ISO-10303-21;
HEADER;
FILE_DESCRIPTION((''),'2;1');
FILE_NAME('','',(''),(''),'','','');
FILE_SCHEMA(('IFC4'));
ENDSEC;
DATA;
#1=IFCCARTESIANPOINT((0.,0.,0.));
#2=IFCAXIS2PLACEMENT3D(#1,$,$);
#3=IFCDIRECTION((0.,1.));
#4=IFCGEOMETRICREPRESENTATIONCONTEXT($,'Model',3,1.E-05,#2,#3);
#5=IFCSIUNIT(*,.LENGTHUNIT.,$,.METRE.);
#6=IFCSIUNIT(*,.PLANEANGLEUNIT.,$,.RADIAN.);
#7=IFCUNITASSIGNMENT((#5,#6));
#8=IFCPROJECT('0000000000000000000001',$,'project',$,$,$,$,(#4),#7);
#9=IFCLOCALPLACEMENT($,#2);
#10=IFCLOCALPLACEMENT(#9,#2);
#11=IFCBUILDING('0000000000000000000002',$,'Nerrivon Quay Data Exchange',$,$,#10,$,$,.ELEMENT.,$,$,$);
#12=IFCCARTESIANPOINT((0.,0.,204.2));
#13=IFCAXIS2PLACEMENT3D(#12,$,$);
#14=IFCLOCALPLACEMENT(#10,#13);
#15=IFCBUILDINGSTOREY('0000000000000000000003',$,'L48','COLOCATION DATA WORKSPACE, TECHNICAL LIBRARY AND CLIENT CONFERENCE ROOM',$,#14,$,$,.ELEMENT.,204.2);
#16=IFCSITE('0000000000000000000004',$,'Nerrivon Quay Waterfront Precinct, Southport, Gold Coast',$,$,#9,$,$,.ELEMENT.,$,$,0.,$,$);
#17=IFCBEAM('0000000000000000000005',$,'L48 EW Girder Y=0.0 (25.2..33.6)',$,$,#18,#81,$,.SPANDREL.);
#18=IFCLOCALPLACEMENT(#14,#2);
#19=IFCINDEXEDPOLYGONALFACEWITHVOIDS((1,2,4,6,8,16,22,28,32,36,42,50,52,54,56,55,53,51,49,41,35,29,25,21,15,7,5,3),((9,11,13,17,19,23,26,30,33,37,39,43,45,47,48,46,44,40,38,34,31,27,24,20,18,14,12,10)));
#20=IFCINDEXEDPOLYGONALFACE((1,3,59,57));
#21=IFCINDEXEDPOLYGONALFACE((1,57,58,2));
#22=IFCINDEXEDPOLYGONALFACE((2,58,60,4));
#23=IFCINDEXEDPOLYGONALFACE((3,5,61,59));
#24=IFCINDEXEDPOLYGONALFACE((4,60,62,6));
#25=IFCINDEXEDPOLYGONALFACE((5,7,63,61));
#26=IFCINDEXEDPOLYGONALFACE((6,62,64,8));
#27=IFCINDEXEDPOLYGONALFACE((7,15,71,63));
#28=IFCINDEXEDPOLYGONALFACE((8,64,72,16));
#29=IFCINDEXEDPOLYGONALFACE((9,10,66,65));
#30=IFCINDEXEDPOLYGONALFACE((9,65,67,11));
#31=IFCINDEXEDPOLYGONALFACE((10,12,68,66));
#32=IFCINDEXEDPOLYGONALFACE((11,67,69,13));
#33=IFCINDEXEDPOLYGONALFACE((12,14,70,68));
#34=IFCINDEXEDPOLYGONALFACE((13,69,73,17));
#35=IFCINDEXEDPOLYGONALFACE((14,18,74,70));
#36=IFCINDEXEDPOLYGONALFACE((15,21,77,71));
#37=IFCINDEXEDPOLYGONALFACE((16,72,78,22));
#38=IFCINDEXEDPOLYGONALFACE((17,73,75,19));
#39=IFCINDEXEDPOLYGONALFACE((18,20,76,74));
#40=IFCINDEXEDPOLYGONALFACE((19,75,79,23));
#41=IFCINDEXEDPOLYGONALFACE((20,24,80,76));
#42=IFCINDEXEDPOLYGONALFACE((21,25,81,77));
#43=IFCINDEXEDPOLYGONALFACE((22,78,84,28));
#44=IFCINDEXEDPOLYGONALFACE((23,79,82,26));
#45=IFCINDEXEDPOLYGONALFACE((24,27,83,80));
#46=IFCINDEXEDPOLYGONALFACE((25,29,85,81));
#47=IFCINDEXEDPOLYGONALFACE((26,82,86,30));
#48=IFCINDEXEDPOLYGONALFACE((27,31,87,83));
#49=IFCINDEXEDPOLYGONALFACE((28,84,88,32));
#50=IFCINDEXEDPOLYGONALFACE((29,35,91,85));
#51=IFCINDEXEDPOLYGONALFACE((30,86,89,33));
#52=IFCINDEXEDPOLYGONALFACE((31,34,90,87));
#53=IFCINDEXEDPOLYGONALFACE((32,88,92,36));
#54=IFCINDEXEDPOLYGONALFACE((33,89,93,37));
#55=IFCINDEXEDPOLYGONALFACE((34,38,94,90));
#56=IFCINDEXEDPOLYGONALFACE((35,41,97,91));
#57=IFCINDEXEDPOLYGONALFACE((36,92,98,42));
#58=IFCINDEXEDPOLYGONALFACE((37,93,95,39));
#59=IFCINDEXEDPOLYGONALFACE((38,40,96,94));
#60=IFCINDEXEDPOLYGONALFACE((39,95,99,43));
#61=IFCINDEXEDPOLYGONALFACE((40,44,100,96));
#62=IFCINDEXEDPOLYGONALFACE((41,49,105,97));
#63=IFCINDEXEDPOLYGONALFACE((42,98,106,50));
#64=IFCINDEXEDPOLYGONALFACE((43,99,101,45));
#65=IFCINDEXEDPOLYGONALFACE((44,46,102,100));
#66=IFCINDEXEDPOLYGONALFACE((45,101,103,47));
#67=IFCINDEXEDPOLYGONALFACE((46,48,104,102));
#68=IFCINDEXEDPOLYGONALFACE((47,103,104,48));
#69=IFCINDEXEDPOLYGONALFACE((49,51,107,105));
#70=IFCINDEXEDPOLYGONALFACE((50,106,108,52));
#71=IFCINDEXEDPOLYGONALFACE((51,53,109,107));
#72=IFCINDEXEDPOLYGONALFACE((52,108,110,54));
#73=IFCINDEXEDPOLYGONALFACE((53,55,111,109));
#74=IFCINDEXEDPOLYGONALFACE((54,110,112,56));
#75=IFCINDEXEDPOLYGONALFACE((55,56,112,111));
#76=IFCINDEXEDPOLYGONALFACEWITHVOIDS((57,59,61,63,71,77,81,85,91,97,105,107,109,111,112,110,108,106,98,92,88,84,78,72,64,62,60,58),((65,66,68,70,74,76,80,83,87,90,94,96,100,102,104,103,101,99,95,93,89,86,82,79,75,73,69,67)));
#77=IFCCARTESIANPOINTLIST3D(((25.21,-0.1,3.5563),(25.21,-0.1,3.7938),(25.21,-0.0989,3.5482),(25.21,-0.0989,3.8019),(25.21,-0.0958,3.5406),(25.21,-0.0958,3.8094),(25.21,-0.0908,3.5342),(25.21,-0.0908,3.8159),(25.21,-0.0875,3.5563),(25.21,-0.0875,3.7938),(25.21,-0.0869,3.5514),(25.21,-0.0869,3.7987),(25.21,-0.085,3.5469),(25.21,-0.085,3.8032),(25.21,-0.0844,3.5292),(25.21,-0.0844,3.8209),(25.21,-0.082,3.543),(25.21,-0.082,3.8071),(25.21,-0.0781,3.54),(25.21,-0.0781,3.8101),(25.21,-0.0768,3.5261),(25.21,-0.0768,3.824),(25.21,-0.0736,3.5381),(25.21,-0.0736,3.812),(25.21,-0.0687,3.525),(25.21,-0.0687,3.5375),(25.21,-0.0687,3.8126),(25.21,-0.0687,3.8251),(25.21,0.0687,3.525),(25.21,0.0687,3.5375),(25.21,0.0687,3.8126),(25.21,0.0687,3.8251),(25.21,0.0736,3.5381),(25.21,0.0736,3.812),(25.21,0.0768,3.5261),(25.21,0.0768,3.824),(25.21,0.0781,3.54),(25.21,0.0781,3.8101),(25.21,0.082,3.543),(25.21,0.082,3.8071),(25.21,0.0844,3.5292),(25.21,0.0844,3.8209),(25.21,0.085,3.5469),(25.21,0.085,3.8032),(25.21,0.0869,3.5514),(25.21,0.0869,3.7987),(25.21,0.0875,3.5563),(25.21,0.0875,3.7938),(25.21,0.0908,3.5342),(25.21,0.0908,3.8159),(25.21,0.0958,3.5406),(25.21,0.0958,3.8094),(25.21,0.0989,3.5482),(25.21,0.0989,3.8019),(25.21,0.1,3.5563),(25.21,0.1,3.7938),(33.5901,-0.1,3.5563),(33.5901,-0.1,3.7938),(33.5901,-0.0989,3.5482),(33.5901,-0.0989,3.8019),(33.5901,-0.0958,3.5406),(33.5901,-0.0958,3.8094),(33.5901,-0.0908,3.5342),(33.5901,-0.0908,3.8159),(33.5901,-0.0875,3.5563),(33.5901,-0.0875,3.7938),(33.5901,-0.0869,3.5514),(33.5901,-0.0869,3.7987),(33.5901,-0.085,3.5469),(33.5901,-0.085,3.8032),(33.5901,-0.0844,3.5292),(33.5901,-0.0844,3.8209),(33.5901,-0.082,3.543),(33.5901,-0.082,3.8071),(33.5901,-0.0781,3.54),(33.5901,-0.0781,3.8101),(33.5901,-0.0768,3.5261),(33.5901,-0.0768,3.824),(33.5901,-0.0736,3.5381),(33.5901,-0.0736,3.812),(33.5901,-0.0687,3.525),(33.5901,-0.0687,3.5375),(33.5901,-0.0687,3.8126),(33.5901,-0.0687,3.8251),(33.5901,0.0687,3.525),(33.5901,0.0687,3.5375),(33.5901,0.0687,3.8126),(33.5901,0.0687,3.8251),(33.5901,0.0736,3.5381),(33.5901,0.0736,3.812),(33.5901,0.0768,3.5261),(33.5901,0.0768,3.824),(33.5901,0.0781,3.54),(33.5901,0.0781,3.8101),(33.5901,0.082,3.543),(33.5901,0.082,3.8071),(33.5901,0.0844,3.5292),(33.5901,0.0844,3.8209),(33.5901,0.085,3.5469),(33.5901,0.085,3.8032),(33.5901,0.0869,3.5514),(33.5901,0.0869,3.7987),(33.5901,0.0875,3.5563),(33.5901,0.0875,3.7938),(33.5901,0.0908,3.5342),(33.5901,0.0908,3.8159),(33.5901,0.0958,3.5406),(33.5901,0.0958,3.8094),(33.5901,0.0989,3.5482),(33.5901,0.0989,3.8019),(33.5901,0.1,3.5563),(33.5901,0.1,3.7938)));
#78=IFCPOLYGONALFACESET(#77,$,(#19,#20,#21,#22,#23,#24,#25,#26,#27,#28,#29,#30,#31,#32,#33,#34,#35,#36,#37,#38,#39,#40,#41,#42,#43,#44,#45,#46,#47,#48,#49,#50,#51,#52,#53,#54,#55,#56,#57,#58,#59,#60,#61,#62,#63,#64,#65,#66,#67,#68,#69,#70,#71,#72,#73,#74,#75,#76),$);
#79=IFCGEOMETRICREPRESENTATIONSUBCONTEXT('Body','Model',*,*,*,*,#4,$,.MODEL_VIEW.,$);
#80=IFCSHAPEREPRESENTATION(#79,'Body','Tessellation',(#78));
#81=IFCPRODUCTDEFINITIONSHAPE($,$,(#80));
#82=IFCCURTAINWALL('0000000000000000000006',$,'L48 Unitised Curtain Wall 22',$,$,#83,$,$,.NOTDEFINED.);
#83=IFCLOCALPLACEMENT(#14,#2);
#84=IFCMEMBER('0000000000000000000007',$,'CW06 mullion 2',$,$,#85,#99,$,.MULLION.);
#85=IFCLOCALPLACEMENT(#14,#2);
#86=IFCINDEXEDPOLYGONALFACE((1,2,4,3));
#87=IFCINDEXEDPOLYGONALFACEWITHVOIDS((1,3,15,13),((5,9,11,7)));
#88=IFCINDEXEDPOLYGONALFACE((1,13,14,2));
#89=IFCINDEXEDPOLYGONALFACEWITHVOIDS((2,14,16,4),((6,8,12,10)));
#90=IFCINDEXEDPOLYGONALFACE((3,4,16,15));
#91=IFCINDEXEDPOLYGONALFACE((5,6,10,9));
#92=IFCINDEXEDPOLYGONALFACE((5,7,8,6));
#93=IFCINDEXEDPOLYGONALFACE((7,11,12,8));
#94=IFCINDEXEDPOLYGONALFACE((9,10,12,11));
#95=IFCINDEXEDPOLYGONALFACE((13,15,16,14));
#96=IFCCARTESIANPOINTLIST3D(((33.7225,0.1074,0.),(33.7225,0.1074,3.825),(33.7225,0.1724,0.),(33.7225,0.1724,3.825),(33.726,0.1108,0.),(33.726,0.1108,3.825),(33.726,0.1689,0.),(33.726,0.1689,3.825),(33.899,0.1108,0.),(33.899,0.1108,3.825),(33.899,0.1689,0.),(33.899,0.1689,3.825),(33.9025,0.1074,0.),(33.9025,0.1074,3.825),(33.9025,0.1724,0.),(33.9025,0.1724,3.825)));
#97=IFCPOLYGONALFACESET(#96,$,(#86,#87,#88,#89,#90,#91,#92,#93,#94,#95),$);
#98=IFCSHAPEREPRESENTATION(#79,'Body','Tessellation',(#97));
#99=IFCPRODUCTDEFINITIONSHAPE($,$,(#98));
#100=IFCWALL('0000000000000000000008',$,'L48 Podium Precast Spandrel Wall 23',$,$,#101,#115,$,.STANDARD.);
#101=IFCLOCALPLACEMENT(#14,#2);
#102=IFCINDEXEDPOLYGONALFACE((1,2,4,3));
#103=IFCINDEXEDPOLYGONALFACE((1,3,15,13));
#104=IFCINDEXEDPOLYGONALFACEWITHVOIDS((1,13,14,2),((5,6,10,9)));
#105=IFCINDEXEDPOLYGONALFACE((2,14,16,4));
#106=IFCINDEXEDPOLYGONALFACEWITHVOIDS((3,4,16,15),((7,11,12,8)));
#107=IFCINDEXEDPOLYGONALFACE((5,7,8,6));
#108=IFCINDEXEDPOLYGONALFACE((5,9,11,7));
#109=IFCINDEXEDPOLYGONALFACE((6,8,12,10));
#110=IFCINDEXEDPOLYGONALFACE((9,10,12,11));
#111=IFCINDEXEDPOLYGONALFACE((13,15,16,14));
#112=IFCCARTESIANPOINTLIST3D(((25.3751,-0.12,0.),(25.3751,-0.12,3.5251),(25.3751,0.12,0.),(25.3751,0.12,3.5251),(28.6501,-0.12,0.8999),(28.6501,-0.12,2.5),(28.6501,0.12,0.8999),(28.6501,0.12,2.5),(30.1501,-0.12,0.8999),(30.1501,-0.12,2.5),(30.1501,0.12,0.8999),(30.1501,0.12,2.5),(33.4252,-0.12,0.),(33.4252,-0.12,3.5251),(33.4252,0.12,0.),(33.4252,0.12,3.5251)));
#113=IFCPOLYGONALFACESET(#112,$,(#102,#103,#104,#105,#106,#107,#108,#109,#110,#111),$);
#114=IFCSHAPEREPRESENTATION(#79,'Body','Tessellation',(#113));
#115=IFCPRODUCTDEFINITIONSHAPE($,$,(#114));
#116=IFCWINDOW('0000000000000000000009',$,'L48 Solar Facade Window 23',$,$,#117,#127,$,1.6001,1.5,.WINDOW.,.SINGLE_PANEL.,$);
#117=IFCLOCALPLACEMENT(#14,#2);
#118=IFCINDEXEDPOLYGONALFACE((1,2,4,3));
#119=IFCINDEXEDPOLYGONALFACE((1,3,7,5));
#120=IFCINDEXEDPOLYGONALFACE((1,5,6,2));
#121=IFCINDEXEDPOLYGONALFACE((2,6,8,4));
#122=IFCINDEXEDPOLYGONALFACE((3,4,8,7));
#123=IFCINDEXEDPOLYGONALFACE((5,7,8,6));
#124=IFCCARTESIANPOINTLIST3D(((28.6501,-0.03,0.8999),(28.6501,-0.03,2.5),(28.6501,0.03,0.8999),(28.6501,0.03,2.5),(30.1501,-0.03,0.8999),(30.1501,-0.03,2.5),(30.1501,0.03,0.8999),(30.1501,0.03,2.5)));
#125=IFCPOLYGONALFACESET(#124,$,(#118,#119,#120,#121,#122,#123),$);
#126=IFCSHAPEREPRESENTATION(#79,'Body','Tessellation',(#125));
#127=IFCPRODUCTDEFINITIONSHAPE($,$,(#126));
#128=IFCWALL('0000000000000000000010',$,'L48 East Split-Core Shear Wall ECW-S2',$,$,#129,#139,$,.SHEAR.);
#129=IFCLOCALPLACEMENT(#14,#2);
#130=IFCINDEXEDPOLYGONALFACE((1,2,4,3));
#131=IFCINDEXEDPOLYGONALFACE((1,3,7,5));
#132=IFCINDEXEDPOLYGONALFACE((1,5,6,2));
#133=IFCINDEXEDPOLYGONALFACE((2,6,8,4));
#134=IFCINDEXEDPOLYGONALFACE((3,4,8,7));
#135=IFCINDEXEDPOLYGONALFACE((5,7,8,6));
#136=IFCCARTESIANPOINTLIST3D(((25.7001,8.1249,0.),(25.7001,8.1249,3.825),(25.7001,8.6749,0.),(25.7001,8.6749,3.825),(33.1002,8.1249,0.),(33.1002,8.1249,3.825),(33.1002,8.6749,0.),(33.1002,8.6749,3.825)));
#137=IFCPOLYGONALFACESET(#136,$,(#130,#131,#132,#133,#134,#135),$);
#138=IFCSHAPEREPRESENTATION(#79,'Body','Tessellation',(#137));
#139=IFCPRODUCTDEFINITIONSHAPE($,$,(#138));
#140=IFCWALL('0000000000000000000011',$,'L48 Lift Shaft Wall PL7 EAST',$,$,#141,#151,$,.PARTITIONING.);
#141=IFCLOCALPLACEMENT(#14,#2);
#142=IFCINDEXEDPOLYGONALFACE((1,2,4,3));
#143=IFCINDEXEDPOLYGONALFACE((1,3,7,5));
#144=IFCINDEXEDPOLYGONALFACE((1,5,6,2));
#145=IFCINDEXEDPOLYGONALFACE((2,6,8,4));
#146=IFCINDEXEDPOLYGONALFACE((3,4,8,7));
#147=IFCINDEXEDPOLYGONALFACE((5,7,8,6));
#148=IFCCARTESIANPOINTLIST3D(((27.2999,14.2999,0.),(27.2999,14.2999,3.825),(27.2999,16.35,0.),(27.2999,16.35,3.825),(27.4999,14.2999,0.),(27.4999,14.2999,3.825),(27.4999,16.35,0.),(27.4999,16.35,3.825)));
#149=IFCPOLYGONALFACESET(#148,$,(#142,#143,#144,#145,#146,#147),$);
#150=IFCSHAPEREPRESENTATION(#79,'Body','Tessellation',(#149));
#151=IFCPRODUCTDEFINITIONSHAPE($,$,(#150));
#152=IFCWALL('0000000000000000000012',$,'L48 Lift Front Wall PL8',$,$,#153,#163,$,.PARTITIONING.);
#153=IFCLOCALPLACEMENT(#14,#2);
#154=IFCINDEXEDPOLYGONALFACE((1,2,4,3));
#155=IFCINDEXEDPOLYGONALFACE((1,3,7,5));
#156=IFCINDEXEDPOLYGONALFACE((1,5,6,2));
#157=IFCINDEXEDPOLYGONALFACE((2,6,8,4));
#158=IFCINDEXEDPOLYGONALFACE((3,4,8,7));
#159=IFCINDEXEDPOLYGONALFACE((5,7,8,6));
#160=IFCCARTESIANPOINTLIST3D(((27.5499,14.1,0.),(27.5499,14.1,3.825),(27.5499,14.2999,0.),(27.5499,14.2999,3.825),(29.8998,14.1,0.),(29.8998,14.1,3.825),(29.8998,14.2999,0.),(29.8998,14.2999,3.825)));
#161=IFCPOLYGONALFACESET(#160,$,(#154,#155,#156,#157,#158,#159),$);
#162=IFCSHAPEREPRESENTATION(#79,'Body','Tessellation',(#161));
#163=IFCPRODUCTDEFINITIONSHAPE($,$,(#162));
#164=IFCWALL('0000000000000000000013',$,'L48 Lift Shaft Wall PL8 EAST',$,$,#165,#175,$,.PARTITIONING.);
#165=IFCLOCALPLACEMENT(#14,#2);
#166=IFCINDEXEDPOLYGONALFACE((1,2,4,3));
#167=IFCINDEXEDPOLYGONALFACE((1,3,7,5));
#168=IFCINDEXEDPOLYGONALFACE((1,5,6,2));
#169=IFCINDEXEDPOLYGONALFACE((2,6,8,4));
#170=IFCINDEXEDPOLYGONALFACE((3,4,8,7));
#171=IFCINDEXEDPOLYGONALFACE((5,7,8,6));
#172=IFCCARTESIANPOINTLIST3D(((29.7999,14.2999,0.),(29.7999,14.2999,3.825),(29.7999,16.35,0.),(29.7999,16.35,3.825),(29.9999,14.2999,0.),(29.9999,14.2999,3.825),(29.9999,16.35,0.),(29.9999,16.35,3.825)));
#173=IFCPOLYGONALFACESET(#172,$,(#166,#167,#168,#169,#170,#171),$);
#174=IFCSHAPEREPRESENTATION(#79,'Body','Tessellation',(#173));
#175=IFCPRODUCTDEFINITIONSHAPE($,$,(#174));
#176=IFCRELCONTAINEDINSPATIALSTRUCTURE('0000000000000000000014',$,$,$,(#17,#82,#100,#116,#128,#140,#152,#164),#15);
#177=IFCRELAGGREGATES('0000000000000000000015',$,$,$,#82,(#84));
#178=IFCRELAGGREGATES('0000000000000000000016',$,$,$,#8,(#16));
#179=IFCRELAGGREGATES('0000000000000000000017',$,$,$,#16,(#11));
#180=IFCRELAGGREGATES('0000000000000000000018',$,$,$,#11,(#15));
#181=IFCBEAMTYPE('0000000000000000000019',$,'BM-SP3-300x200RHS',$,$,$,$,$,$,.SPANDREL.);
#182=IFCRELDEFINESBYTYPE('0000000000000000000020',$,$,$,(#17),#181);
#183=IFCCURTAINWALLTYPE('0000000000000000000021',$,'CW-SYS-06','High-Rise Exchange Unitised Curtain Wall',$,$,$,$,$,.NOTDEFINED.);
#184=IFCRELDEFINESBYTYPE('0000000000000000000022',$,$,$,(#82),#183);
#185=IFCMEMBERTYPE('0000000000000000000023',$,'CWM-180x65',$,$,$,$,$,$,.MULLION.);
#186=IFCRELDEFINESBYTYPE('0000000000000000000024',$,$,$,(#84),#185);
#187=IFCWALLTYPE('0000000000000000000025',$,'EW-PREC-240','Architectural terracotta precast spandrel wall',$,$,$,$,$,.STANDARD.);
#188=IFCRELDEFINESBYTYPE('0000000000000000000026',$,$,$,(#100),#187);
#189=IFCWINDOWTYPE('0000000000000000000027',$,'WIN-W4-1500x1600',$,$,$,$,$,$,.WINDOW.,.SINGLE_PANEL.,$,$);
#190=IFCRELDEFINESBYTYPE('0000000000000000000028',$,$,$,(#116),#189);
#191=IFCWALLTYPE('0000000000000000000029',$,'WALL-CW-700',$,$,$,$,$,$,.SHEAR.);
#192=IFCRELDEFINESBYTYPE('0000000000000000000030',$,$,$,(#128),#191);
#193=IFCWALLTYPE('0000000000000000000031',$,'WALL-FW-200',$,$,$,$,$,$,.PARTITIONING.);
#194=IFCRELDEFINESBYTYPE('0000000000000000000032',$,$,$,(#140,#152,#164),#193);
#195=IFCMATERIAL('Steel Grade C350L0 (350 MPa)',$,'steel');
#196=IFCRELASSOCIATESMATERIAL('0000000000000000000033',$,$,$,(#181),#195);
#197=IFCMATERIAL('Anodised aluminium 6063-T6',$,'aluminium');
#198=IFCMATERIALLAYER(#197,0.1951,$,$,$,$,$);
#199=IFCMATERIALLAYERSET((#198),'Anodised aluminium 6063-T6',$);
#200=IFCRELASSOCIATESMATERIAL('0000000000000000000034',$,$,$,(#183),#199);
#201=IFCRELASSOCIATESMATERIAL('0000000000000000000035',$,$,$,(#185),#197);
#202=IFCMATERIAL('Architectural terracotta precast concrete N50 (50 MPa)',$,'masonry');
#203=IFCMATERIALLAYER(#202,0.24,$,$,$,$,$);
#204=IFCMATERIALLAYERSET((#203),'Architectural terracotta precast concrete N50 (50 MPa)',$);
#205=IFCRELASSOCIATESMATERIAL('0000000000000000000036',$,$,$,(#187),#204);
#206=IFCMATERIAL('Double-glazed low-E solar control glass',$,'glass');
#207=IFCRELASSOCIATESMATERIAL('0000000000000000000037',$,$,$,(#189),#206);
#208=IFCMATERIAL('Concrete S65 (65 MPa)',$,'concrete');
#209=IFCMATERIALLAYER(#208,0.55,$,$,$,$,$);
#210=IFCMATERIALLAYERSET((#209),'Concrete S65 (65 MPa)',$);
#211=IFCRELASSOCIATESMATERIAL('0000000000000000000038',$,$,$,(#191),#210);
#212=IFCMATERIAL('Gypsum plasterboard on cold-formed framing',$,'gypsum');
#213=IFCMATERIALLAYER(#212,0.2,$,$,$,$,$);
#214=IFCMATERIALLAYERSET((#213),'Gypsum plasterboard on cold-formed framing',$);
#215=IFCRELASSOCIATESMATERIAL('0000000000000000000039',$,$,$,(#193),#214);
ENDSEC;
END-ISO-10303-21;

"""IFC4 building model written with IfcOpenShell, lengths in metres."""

from ifc_helpers import new_model, si_unit, direction, frame, frame_2d, origin, origin_2d, place, context, subcontext, project, spatial, rectangle, hollow_rectangle, extrude, material, layer, layer_set, material_profile, profile_set, type_object, element, fill, aggregate, save


model = new_model("IFC4")

# Units and contexts
model_context = context("Model", 3, precision=1e-05, world=origin(), true_north=direction((0.0, 1.0)))
body_context = subcontext(model_context, "Body", "Model", "MODEL_VIEW")
ifc_project = project(units=[si_unit("LENGTHUNIT", "METRE"), si_unit("PLANEANGLEUNIT", "RADIAN")], contexts=[model_context])

# Site, building, storey
site_placement = place(None, origin())
site = spatial("IfcSite", under=ifc_project, at=site_placement, Name="Nerrivon Quay Waterfront Precinct, Southport, Gold Coast", CompositionType="ELEMENT", RefElevation=0.0)
building_placement = place(site_placement, origin())
building = spatial("IfcBuilding", under=site, at=building_placement, Name="Nerrivon Quay Data Exchange", CompositionType="ELEMENT")
storey_placement = place(building_placement, frame((0.0, 0.0, 204.2)))
storey = spatial("IfcBuildingStorey", under=building, at=storey_placement, Name="L48", Description="COLOCATION DATA WORKSPACE, TECHNICAL LIBRARY AND CLIENT CONFERENCE ROOM", CompositionType="ELEMENT", Elevation=204.2)

# Shared definitions
ifc_material_1 = material(Name="Concrete S65 (65 MPa)", Category="concrete")

# Beam
ifc_material_2 = material(Name="Steel Grade C350L0 (350 MPa)", Category="steel")
ifc_material_profile_1 = material_profile(ifc_material_2, hollow_rectangle(XDim=0.2, YDim=0.3, WallThickness=0.0125, InnerFilletRadius=0.0188, OuterFilletRadius=0.0312, at=origin_2d()), Name="300x200x12.5RHS")
ifc_profile_set_1 = profile_set([ifc_material_profile_1], Name="Steel Grade C350L0 (350 MPa)")
beam_type_1 = type_object("IfcBeamType", Name="BM-SP3-300x200RHS", PredefinedType="SPANDREL", material=ifc_profile_set_1)
beam_1_placement = place(storey_placement, frame((25.21, 0.0, 3.675), z_axis=(1.0, 0.0, 0.0), x_axis=(0.0, 1.0, 0.0)))
element("IfcBeam", 1, at=beam_1_placement, inside=storey, type_object=beam_type_1, Name="L48 EW Girder Y=0.0 (25.2..33.6)", PredefinedType="SPANDREL", context=body_context, shape_type="SweptSolid", body=[
    extrude(hollow_rectangle(XDim=0.2, YDim=0.3, WallThickness=0.0125, InnerFilletRadius=0.0188, OuterFilletRadius=0.0312, at=origin_2d()), origin(), (0.0, 0.0, 1.0), 8.3801),
])

# Curtain wall, member
ifc_material_3 = material(Name="Anodised aluminium 6063-T6", Category="aluminium")
ifc_layer_1 = layer(ifc_material_3, 0.1951)
ifc_layer_set_1 = layer_set([ifc_layer_1], Name="Anodised aluminium 6063-T6")
curtain_wall_type = type_object("IfcCurtainWallType", Name="CW-SYS-06", Description="High-Rise Exchange Unitised Curtain Wall", PredefinedType="NOTDEFINED", material=ifc_layer_set_1)
curtain_wall_placement = place(storey_placement, origin())
curtain_wall = element("IfcCurtainWall", 2, at=curtain_wall_placement, inside=storey, type_object=curtain_wall_type, Name="L48 Unitised Curtain Wall 22", PredefinedType="NOTDEFINED")
ifc_material_profile_2 = material_profile(ifc_material_3, hollow_rectangle(XDim=0.0649, YDim=0.1799, WallThickness=0.0034, at=origin_2d()), Name="ALU-MULL-180x65")
ifc_profile_set_2 = profile_set([ifc_material_profile_2], Name="Anodised aluminium 6063-T6")
member_type = type_object("IfcMemberType", Name="CWM-180x65", PredefinedType="MULLION", material=ifc_profile_set_2)
member_placement = place(storey_placement, frame((33.8125, 0.1399, 0.0), z_axis=(0.0, 0.0, 1.0), x_axis=(0.0, -1.0, 0.0)))
member = element("IfcMember", 3, at=member_placement, type_object=member_type, Name="CW06 mullion 2", PredefinedType="MULLION", context=body_context, shape_type="SweptSolid", body=[
    extrude(hollow_rectangle(XDim=0.0649, YDim=0.1799, WallThickness=0.0034, at=origin_2d()), origin(), (0.0, 0.0, 1.0), 3.825),
])
aggregate(curtain_wall, [member])

# Wall, opening, window
ifc_material_4 = material(Name="Architectural terracotta precast concrete N50 (50 MPa)", Category="masonry")
ifc_layer_2 = layer(ifc_material_4, 0.24)
ifc_layer_set_2 = layer_set([ifc_layer_2], Name="Architectural terracotta precast concrete N50 (50 MPa)")
wall_type_1 = type_object("IfcWallType", Name="EW-PREC-240", Description="Architectural terracotta precast spandrel wall", PredefinedType="STANDARD", material=ifc_layer_set_2)
wall_1_placement = place(storey_placement, frame((33.425, 0.0, 0.0), z_axis=(0.0, 0.0, 1.0), x_axis=(-1.0, 0.0, 0.0)))
wall_1 = element("IfcWall", 4, at=wall_1_placement, inside=storey, type_object=wall_type_1, Name="L48 Podium Precast Spandrel Wall 23", PredefinedType="STANDARD", context=body_context, shape_type="SweptSolid", body=[
    extrude(rectangle(XDim=8.05, YDim=0.24, at=frame_2d((4.0249, 0.0))), origin(), (0.0, 0.0, 1.0), 3.5251),
])
opening_1_placement = place(wall_1_placement, frame((3.2749, 0.0, 0.8999)))
opening_1 = element("IfcOpeningElement", 5, at=opening_1_placement, cuts=wall_1, PredefinedType="OPENING", context=body_context, shape_type="SweptSolid", body=[
    extrude(rectangle(XDim=1.5, YDim=1.6001, at=frame_2d((0.75, 0.8))), frame((0.0, 0.1299, 0.0), z_axis=(0.0, -1.0, 0.0), x_axis=(1.0, 0.0, 0.0)), (0.0, 0.0, 1.0), 0.26),
])
ifc_material_5 = material(Name="Double-glazed low-E solar control glass", Category="glass")
window_type = type_object("IfcWindowType", Name="WIN-W4-1500x1600", PartitioningType="SINGLE_PANEL", PredefinedType="WINDOW", material=ifc_material_5)
window_placement = place(opening_1_placement, origin())
window = element("IfcWindow", 6, at=window_placement, inside=storey, type_object=window_type, Name="L48 Solar Facade Window 23", OverallHeight=1.6001, OverallWidth=1.5, PartitioningType="SINGLE_PANEL", PredefinedType="WINDOW", context=body_context, shape_type="SweptSolid", body=[
    extrude(rectangle(XDim=1.5, YDim=1.6001, at=frame_2d((0.75, 0.8))), frame((0.0, 0.03, 0.0), z_axis=(0.0, -1.0, 0.0), x_axis=(1.0, 0.0, 0.0)), (0.0, 0.0, 1.0), 0.0601),
])
fill(opening_1, window)

# Wall
ifc_layer_3 = layer(ifc_material_1, 0.55)
ifc_layer_set_3 = layer_set([ifc_layer_3], Name="Concrete S65 (65 MPa)")
wall_type_2 = type_object("IfcWallType", Name="WALL-CW-700", PredefinedType="SHEAR", material=ifc_layer_set_3)
wall_2_placement = place(storey_placement, frame((25.7, 8.3999, 0.0), z_axis=(0.0, 0.0, 1.0), x_axis=(1.0, 0.0, 0.0)))
element("IfcWall", 7, at=wall_2_placement, inside=storey, type_object=wall_type_2, Name="L48 East Split-Core Shear Wall ECW-S2", PredefinedType="SHEAR", context=body_context, shape_type="SweptSolid", body=[
    extrude(rectangle(XDim=7.4001, YDim=0.55, at=frame_2d((3.7002, 0.0))), origin(), (0.0, 0.0, 1.0), 3.825),
])

# Walls
ifc_material_6 = material(Name="Gypsum plasterboard on cold-formed framing", Category="gypsum")
ifc_layer_4 = layer(ifc_material_6, 0.2)
ifc_layer_set_4 = layer_set([ifc_layer_4], Name="Gypsum plasterboard on cold-formed framing")
wall_type_3 = type_object("IfcWallType", Name="WALL-FW-200", PredefinedType="PARTITIONING", material=ifc_layer_set_4)
wall_3_placement = place(storey_placement, frame((27.3999, 14.3, 0.0), z_axis=(0.0, 0.0, 1.0), x_axis=(0.0, 1.0, 0.0)))
element("IfcWall", 8, at=wall_3_placement, inside=storey, type_object=wall_type_3, Name="L48 Lift Shaft Wall PL7 EAST", PredefinedType="PARTITIONING", context=body_context, shape_type="SweptSolid", body=[
    extrude(rectangle(XDim=2.05, YDim=0.2, at=frame_2d((1.0249, 0.0))), origin(), (0.0, 0.0, 1.0), 3.825),
])
wall_4_placement = place(storey_placement, frame((27.55, 14.2, 0.0), z_axis=(0.0, 0.0, 1.0), x_axis=(1.0, 0.0, 0.0)))
element("IfcWall", 9, at=wall_4_placement, inside=storey, type_object=wall_type_3, Name="L48 Lift Front Wall PL8", PredefinedType="PARTITIONING", context=body_context, shape_type="SweptSolid", body=[
    extrude(rectangle(XDim=2.3499, YDim=0.2, at=frame_2d((1.1748, 0.0))), origin(), (0.0, 0.0, 1.0), 3.825),
])
wall_5_placement = place(storey_placement, frame((29.8999, 14.3, 0.0), z_axis=(0.0, 0.0, 1.0), x_axis=(0.0, 1.0, 0.0)))
element("IfcWall", 10, at=wall_5_placement, inside=storey, type_object=wall_type_3, Name="L48 Lift Shaft Wall PL8 EAST", PredefinedType="PARTITIONING", context=body_context, shape_type="SweptSolid", body=[
    extrude(rectangle(XDim=2.05, YDim=0.2, at=frame_2d((1.0249, 0.0))), origin(), (0.0, 0.0, 1.0), 3.825),
])

save(model, "model.ifc")
